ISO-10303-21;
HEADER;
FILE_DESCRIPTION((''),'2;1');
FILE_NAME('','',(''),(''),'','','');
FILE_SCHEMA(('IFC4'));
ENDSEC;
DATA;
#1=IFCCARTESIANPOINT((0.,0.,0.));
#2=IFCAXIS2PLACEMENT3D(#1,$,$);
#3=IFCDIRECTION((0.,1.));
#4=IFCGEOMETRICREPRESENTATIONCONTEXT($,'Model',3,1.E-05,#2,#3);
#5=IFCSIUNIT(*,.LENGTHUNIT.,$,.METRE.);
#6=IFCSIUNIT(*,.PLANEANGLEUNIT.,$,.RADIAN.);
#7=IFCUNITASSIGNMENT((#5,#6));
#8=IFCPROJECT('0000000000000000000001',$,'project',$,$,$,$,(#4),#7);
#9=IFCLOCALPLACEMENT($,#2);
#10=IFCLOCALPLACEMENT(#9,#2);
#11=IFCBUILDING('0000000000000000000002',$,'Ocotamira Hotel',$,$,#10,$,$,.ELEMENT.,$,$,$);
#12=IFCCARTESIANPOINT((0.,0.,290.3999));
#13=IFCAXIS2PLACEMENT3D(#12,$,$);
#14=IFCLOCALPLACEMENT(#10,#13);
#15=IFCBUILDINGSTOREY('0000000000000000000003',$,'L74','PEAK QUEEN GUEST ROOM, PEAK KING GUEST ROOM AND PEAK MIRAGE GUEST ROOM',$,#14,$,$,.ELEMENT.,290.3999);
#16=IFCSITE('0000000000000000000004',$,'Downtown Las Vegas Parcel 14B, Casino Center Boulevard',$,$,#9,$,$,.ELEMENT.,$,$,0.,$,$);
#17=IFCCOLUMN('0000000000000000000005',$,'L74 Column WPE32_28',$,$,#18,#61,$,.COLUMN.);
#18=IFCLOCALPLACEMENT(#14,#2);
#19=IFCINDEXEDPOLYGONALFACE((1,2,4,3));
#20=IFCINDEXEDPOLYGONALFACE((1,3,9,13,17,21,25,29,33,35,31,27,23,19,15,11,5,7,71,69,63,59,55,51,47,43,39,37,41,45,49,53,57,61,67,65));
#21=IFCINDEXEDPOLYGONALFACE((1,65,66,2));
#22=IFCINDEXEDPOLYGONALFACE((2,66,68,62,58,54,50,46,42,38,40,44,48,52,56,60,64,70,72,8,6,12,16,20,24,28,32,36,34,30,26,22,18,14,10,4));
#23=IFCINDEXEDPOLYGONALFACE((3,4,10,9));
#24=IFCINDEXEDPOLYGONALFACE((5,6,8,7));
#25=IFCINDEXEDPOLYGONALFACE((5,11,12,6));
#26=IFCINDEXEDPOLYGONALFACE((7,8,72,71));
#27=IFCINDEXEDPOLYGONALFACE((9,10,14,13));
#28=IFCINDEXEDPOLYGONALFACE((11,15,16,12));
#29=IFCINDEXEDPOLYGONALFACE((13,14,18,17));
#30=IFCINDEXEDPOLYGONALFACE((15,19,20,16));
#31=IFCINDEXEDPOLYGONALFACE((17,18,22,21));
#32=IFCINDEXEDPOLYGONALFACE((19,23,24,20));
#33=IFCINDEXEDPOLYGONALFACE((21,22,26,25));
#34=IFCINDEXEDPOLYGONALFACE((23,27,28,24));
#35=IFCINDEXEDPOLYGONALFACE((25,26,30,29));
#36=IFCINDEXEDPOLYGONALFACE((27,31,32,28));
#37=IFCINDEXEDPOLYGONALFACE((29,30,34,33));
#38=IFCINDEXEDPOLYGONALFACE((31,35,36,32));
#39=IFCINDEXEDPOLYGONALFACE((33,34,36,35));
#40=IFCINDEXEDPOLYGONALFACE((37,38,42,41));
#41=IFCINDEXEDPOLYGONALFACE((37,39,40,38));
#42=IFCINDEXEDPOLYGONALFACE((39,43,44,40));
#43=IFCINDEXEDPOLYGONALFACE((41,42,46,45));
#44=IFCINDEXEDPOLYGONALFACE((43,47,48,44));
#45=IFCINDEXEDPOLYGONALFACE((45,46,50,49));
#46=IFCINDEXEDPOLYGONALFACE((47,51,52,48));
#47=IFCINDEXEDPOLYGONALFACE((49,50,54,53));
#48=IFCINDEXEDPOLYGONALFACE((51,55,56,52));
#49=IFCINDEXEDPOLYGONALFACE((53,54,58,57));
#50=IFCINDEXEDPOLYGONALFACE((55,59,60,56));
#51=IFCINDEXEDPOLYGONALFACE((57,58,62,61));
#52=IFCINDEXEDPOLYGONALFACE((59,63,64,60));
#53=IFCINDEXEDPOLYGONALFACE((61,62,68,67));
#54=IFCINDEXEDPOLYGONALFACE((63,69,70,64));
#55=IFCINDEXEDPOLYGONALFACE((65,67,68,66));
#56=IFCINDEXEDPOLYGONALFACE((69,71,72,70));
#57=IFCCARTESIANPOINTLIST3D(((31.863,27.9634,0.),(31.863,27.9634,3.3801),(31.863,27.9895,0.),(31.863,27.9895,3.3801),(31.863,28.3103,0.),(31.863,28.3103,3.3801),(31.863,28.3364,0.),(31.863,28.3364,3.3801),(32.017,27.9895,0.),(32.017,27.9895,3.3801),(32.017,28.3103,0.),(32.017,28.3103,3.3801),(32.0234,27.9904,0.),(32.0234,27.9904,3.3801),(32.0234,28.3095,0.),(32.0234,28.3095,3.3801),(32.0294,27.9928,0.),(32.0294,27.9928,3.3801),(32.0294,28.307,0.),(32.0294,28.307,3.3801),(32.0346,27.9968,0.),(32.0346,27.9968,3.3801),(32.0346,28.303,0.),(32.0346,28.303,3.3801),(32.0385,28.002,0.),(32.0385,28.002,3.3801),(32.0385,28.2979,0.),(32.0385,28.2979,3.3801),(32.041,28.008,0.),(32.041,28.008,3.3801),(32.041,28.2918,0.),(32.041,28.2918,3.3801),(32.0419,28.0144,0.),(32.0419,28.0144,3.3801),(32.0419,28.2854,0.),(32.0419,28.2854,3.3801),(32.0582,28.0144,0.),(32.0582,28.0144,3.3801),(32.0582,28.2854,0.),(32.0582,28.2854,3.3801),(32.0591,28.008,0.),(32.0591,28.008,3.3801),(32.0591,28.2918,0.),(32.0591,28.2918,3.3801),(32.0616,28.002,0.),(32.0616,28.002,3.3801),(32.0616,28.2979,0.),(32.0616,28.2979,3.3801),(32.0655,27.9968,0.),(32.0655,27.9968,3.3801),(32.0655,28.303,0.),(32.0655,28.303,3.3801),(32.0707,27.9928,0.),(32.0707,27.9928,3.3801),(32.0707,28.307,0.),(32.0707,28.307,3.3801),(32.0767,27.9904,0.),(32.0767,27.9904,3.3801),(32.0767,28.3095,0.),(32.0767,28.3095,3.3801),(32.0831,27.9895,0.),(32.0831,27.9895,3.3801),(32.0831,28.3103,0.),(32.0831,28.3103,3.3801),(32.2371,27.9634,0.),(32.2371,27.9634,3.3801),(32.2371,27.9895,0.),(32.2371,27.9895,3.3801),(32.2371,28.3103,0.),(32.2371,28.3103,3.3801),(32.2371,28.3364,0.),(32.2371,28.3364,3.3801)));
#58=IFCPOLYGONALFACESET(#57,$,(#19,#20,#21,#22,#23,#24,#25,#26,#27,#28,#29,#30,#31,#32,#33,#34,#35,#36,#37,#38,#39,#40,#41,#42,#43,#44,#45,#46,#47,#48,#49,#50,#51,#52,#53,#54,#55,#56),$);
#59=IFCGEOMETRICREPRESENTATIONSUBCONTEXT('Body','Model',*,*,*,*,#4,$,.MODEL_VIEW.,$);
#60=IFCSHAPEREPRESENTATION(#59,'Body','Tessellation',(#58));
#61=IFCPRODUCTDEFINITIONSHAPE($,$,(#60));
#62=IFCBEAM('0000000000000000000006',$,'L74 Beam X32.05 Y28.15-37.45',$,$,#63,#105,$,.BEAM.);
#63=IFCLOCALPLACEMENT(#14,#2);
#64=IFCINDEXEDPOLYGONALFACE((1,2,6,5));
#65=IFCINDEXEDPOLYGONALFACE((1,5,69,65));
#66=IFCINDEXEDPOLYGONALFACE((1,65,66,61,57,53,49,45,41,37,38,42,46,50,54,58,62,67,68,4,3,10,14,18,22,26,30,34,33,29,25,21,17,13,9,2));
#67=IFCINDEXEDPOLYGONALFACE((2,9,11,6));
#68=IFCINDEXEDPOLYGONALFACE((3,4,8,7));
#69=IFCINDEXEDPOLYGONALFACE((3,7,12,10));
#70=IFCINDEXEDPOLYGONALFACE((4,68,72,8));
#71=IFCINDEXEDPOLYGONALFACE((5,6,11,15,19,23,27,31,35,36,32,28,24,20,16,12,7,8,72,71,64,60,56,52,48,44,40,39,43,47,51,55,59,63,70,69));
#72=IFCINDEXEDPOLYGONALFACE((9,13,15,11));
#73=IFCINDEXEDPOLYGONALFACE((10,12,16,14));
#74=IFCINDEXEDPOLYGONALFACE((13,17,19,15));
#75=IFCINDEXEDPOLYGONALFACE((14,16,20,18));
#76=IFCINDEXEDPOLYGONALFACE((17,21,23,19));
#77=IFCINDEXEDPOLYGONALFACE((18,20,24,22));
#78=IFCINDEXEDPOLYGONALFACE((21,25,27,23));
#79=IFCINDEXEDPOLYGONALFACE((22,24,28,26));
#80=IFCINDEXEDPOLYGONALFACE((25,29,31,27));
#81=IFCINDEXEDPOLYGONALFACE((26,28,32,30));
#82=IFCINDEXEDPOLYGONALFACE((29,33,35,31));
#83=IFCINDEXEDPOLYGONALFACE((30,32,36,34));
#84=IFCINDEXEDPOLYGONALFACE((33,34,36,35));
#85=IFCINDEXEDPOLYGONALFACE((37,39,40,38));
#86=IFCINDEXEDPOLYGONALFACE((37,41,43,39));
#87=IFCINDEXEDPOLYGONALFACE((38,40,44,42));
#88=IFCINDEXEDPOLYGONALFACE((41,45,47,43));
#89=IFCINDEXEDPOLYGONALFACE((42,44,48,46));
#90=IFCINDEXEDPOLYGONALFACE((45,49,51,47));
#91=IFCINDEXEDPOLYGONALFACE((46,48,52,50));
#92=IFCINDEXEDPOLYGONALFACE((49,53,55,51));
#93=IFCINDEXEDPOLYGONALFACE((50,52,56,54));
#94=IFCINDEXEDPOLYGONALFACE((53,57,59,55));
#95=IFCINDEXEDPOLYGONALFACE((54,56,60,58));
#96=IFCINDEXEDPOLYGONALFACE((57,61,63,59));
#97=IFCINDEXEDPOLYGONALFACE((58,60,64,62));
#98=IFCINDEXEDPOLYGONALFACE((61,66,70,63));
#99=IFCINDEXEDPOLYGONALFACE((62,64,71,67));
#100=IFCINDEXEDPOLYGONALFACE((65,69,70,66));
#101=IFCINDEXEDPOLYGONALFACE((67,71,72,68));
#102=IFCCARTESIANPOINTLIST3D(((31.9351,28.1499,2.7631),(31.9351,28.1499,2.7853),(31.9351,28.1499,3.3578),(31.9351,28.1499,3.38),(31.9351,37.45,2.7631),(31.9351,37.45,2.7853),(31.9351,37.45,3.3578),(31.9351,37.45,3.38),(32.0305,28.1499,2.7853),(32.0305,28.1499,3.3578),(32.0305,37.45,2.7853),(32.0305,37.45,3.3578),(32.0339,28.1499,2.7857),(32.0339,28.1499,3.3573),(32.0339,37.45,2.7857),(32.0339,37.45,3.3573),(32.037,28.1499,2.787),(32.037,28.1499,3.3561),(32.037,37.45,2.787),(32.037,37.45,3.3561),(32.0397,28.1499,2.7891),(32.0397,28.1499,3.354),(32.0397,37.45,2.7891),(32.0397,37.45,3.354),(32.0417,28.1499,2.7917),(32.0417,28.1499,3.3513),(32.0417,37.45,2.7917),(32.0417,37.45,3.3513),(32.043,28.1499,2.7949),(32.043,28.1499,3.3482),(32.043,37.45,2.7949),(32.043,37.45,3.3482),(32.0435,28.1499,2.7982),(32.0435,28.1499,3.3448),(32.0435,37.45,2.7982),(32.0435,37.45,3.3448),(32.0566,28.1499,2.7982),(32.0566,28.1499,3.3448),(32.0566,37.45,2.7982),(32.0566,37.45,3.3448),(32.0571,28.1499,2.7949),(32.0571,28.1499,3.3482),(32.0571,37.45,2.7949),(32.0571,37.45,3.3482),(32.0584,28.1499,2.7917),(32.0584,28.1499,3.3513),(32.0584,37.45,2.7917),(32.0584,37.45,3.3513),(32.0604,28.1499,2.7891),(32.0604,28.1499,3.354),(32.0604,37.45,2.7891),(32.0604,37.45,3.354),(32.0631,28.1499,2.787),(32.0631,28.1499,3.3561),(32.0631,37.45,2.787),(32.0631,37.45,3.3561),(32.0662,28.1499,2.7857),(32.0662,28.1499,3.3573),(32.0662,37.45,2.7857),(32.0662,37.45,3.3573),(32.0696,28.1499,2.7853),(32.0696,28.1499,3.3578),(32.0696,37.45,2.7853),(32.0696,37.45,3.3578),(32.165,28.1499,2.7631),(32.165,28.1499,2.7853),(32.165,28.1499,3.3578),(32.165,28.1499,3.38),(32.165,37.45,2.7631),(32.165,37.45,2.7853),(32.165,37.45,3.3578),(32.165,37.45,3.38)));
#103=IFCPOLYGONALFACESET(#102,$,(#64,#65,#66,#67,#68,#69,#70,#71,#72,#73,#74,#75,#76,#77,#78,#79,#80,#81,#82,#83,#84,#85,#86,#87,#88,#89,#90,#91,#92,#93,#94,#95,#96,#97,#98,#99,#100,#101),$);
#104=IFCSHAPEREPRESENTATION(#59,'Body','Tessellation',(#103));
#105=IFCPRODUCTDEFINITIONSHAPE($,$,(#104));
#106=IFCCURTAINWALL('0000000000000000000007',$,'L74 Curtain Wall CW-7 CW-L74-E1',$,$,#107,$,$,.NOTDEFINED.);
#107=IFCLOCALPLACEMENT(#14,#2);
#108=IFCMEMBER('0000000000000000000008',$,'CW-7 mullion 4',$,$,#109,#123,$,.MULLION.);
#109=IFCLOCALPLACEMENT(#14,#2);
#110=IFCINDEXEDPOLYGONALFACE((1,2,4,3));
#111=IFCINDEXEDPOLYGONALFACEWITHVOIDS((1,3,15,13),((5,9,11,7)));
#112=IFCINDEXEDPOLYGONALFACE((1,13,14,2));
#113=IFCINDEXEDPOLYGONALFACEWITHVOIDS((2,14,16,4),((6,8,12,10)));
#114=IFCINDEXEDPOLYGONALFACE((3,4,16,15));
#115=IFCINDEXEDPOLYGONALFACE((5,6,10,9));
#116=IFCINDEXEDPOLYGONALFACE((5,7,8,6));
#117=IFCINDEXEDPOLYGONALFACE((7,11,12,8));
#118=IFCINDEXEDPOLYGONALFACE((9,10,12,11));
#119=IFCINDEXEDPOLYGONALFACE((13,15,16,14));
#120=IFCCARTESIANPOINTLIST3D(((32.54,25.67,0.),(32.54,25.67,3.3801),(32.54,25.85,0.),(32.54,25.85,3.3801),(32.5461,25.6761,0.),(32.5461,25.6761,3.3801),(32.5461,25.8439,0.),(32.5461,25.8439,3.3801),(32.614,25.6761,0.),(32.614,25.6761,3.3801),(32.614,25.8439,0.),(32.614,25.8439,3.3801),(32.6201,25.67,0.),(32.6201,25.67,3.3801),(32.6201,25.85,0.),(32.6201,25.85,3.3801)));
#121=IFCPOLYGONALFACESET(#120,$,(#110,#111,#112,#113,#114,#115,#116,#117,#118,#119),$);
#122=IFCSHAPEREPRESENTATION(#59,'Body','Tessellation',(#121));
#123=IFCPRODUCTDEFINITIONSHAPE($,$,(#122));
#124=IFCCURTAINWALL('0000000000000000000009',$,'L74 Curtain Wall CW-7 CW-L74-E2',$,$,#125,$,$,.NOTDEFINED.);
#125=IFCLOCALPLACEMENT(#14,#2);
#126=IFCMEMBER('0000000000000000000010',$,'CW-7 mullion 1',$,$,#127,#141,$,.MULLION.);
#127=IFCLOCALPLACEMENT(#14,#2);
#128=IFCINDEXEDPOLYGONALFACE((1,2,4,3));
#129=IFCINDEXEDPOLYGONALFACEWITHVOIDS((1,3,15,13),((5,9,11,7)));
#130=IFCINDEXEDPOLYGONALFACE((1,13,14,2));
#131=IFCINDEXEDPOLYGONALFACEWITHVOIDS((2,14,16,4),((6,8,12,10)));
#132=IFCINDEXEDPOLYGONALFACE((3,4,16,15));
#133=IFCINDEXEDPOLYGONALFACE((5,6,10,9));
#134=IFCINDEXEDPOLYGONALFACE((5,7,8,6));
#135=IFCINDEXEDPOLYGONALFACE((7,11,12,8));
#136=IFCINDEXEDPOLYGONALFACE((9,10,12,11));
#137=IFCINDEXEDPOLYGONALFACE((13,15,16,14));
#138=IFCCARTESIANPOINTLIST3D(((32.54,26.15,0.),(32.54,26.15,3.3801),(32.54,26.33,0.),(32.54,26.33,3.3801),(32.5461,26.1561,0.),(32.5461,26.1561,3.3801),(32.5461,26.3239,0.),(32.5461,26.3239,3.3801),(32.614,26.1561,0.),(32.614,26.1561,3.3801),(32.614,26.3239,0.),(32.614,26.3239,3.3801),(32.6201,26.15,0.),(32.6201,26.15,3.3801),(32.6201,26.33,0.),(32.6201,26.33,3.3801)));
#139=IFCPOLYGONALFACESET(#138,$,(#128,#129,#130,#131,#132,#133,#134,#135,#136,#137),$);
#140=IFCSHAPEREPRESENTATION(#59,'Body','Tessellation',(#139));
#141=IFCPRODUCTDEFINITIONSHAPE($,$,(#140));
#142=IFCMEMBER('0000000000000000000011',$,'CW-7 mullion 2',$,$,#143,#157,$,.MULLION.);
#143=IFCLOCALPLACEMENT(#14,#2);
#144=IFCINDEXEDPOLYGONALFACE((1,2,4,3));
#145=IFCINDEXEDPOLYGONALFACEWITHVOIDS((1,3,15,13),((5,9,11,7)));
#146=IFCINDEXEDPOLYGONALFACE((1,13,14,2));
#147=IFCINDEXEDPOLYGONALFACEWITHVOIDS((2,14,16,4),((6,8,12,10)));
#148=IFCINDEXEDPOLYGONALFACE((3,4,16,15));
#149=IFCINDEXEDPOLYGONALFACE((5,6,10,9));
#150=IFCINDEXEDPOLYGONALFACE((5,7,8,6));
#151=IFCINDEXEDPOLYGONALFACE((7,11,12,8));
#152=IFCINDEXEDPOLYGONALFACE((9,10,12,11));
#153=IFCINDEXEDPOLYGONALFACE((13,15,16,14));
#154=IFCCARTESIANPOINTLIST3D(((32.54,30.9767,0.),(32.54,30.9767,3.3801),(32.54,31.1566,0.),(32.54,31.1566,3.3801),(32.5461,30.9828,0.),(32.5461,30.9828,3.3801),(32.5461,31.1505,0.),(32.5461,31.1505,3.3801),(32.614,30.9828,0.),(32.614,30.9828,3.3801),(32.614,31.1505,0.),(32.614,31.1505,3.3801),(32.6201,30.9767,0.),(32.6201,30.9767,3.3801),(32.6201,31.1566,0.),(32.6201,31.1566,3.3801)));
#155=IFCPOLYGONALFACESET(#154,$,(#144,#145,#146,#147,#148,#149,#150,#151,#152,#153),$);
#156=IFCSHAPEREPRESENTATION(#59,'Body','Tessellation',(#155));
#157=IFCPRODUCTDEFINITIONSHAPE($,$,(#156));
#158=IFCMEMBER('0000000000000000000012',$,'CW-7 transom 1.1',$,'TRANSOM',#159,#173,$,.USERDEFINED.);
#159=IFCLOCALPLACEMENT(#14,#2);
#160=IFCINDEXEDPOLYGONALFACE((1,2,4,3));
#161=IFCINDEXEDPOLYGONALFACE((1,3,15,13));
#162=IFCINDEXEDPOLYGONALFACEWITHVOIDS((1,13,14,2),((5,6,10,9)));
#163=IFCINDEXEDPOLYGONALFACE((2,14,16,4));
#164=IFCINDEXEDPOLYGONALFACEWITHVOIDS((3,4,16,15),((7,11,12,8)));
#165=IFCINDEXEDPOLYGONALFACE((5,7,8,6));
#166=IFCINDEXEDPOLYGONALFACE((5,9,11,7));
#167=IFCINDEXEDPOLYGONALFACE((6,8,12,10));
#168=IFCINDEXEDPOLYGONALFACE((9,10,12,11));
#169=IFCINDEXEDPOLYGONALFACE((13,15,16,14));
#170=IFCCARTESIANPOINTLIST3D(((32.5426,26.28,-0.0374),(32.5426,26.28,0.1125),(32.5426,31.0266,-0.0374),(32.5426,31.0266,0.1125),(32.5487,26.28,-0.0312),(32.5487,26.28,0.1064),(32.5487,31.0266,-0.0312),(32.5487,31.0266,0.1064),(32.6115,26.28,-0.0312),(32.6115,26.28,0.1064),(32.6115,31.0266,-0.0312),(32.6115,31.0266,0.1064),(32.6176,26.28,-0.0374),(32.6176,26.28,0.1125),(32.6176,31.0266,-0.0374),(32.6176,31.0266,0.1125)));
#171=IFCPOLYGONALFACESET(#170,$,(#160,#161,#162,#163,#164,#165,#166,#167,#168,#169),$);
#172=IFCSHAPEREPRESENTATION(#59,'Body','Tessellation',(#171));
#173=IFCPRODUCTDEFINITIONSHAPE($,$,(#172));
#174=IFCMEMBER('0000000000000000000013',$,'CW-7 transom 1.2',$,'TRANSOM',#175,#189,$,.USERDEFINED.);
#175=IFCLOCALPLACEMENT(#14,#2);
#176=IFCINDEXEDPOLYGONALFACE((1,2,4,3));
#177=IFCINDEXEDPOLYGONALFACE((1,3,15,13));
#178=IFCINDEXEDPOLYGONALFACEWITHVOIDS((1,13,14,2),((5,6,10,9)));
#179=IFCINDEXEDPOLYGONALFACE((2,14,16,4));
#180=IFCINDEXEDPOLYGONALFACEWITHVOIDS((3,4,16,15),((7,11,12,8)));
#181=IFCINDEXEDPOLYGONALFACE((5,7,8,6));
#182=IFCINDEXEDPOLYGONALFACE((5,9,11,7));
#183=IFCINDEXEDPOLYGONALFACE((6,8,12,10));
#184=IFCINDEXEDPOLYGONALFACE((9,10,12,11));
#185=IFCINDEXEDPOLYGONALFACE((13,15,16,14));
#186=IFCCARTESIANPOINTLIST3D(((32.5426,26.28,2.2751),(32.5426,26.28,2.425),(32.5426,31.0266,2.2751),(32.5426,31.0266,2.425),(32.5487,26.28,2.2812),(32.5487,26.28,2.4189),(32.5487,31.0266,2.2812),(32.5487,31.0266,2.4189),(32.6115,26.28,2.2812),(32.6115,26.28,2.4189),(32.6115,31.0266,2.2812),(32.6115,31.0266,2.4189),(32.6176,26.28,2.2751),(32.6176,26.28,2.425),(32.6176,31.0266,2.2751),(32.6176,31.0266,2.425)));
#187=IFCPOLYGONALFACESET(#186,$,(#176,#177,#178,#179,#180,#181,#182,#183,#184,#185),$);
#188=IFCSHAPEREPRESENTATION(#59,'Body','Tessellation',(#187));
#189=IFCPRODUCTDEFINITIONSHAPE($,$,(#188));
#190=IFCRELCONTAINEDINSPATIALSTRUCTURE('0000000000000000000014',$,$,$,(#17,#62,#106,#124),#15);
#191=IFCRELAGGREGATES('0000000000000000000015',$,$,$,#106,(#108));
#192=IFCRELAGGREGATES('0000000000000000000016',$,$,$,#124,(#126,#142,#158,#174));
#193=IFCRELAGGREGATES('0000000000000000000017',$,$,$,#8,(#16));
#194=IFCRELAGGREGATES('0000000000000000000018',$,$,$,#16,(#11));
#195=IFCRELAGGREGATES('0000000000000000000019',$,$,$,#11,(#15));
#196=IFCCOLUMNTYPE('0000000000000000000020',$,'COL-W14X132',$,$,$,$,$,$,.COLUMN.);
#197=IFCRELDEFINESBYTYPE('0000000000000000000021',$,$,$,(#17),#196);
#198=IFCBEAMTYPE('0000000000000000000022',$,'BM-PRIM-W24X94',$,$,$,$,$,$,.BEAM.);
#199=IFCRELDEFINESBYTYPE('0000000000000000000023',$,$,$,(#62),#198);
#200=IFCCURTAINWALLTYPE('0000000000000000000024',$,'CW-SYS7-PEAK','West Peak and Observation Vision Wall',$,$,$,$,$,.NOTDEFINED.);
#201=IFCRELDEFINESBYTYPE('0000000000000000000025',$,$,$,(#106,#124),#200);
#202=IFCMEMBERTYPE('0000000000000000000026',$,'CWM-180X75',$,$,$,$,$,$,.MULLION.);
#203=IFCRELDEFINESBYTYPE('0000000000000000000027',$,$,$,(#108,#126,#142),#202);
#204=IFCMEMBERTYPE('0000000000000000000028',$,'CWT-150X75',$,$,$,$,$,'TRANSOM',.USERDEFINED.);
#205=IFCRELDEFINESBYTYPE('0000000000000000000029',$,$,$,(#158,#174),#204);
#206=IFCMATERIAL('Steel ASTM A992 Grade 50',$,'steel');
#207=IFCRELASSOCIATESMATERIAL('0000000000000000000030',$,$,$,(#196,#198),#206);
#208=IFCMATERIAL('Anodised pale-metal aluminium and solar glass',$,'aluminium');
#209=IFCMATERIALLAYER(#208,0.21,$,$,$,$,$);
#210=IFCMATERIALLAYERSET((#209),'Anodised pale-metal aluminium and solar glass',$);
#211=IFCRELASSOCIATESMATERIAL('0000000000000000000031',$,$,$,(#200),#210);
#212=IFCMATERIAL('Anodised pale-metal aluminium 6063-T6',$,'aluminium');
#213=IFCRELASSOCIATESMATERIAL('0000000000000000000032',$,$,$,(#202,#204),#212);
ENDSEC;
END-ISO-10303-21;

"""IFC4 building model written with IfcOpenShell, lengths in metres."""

from ifc_helpers import new_model, si_unit, direction, frame, origin, origin_2d, place, context, subcontext, project, spatial, hollow_rectangle, i_section, extrude, source, transform, mapped, material, layer, layer_set, material_profile, profile_set, type_object, element, aggregate, save


model = new_model("IFC4")

# Units and contexts
model_context = context("Model", 3, precision=1e-05, world=origin(), true_north=direction((0.0, 1.0)))
body_context = subcontext(model_context, "Body", "Model", "MODEL_VIEW")
ifc_project = project(units=[si_unit("LENGTHUNIT", "METRE"), si_unit("PLANEANGLEUNIT", "RADIAN")], contexts=[model_context])

# Site, building, storey
site_placement = place(None, origin())
site = spatial("IfcSite", under=ifc_project, at=site_placement, Name="Downtown Las Vegas Parcel 14B, Casino Center Boulevard", CompositionType="ELEMENT", RefElevation=0.0)
building_placement = place(site_placement, origin())
building = spatial("IfcBuilding", under=site, at=building_placement, Name="Ocotamira Hotel", CompositionType="ELEMENT")
storey_placement = place(building_placement, frame((0.0, 0.0, 290.3999)))
storey = spatial("IfcBuildingStorey", under=building, at=storey_placement, Name="L74", Description="PEAK QUEEN GUEST ROOM, PEAK KING GUEST ROOM AND PEAK MIRAGE GUEST ROOM", CompositionType="ELEMENT", Elevation=290.3999)

# Column
ifc_material_1 = material(Name="Steel ASTM A992 Grade 50", Category="steel")
ifc_material_profile_1 = material_profile(ifc_material_1, i_section(OverallWidth=0.374, OverallDepth=0.373, WebThickness=0.0164, FlangeThickness=0.0261, FilletRadius=0.0249, at=origin_2d()), Name="W14X132")
ifc_profile_set_1 = profile_set([ifc_material_profile_1], Name="Steel ASTM A992 Grade 50")
column_type = type_object("IfcColumnType", Name="COL-W14X132", PredefinedType="COLUMN", material=ifc_profile_set_1)
shared_shape_1 = source(origin(), body_context, "Body", "SweptSolid", [
    extrude(i_section(OverallWidth=0.374, OverallDepth=0.373, WebThickness=0.0164, FlangeThickness=0.0261, FilletRadius=0.0249, at=origin_2d()), origin(), (0.0, 0.0, 1.0), 3.3801),
])
column_placement = place(storey_placement, frame((32.05, 28.1499, 0.0), z_axis=(0.0, 0.0, 1.0), x_axis=(1.0, 0.0, 0.0)))
element("IfcColumn", 1, at=column_placement, inside=storey, type_object=column_type, Name="L74 Column WPE32_28", PredefinedType="COLUMN", context=body_context, shape_type="MappedRepresentation", body=[
    mapped(shared_shape_1, transform((0.0, 0.0, 0.0), scale=1.0)),
])

# Beam
ifc_material_profile_2 = material_profile(ifc_material_1, i_section(OverallWidth=0.23, OverallDepth=0.6169, WebThickness=0.0132, FlangeThickness=0.0222, FilletRadius=0.0129, at=origin_2d()), Name="W24X94")
ifc_profile_set_2 = profile_set([ifc_material_profile_2], Name="Steel ASTM A992 Grade 50")
beam_type = type_object("IfcBeamType", Name="BM-PRIM-W24X94", PredefinedType="BEAM", material=ifc_profile_set_2)
shared_shape_2 = source(origin(), body_context, "Body", "SweptSolid", [
    extrude(i_section(OverallWidth=0.23, OverallDepth=0.6169, WebThickness=0.0132, FlangeThickness=0.0222, FilletRadius=0.0129, at=origin_2d()), origin(), (0.0, 0.0, 1.0), 9.3),
])
beam_placement = place(storey_placement, frame((32.05, 28.1499, 3.0715), z_axis=(0.0, 1.0, 0.0), x_axis=(-1.0, 0.0, 0.0)))
element("IfcBeam", 2, at=beam_placement, inside=storey, type_object=beam_type, Name="L74 Beam X32.05 Y28.15-37.45", PredefinedType="BEAM", context=body_context, shape_type="MappedRepresentation", body=[
    mapped(shared_shape_2, transform((0.0, 0.0, 0.0), scale=1.0)),
])

# Curtain wall, member
ifc_material_2 = material(Name="Anodised pale-metal aluminium and solar glass", Category="aluminium")
ifc_layer_1 = layer(ifc_material_2, 0.21)
ifc_layer_set_1 = layer_set([ifc_layer_1], Name="Anodised pale-metal aluminium and solar glass")
curtain_wall_type = type_object("IfcCurtainWallType", Name="CW-SYS7-PEAK", Description="West Peak and Observation Vision Wall", PredefinedType="NOTDEFINED", material=ifc_layer_set_1)
curtain_wall_1_placement = place(storey_placement, origin())
curtain_wall_1 = element("IfcCurtainWall", 3, at=curtain_wall_1_placement, inside=storey, type_object=curtain_wall_type, Name="L74 Curtain Wall CW-7 CW-L74-E1", PredefinedType="NOTDEFINED")
ifc_material_3 = material(Name="Anodised pale-metal aluminium 6063-T6", Category="aluminium")
ifc_material_profile_3 = material_profile(ifc_material_3, hollow_rectangle(XDim=0.0801, YDim=0.1799, WallThickness=0.0061, at=origin_2d()), Name="HSS180X80X6")
ifc_profile_set_3 = profile_set([ifc_material_profile_3], Name="Anodised pale-metal aluminium 6063-T6")
member_type_1 = type_object("IfcMemberType", Name="CWM-180X75", PredefinedType="MULLION", material=ifc_profile_set_3)
shared_shape_3 = source(origin(), body_context, "Body", "SweptSolid", [
    extrude(hollow_rectangle(XDim=0.0801, YDim=0.1799, WallThickness=0.0061, at=origin_2d()), origin(), (0.0, 0.0, 1.0), 3.3801),
])
member_1_placement = place(storey_placement, frame((32.5801, 25.76, 0.0), z_axis=(0.0, 0.0, 1.0), x_axis=(-1.0, 0.0, 0.0)))
member_1 = element("IfcMember", 4, at=member_1_placement, type_object=member_type_1, Name="CW-7 mullion 4", PredefinedType="MULLION", context=body_context, shape_type="MappedRepresentation", body=[
    mapped(shared_shape_3, transform((0.0, 0.0, 0.0), scale=1.0)),
])
aggregate(curtain_wall_1, [member_1])

# Curtain wall, members
curtain_wall_2_placement = place(storey_placement, origin())
curtain_wall_2 = element("IfcCurtainWall", 5, at=curtain_wall_2_placement, inside=storey, type_object=curtain_wall_type, Name="L74 Curtain Wall CW-7 CW-L74-E2", PredefinedType="NOTDEFINED")
member_2_placement = place(storey_placement, frame((32.5801, 26.24, 0.0), z_axis=(0.0, 0.0, 1.0), x_axis=(-1.0, 0.0, 0.0)))
member_2 = element("IfcMember", 6, at=member_2_placement, type_object=member_type_1, Name="CW-7 mullion 1", PredefinedType="MULLION", context=body_context, shape_type="MappedRepresentation", body=[
    mapped(shared_shape_3, transform((0.0, 0.0, 0.0), scale=1.0)),
])
member_3_placement = place(storey_placement, frame((32.5801, 31.0667, 0.0), z_axis=(0.0, 0.0, 1.0), x_axis=(-1.0, 0.0, 0.0)))
member_3 = element("IfcMember", 7, at=member_3_placement, type_object=member_type_1, Name="CW-7 mullion 2", PredefinedType="MULLION", context=body_context, shape_type="MappedRepresentation", body=[
    mapped(shared_shape_3, transform((0.0, 0.0, 0.0), scale=1.0)),
])
ifc_material_profile_4 = material_profile(ifc_material_3, hollow_rectangle(XDim=0.075, YDim=0.1499, WallThickness=0.0061, at=origin_2d()), Name="HSS150X75X6")
ifc_profile_set_4 = profile_set([ifc_material_profile_4], Name="Anodised pale-metal aluminium 6063-T6")
member_type_2 = type_object("IfcMemberType", Name="CWT-150X75", ElementType="TRANSOM", PredefinedType="USERDEFINED", material=ifc_profile_set_4)
shared_shape_4 = source(origin(), body_context, "Body", "SweptSolid", [
    extrude(hollow_rectangle(XDim=0.075, YDim=0.1499, WallThickness=0.0061, at=origin_2d()), origin(), (0.0, 0.0, 1.0), 4.7466),
])
member_4_placement = place(storey_placement, frame((32.5801, 26.28, 0.0376), z_axis=(0.0, 1.0, 0.0), x_axis=(-1.0, 0.0, 0.0)))
member_4 = element("IfcMember", 8, at=member_4_placement, type_object=member_type_2, Name="CW-7 transom 1.1", ObjectType="TRANSOM", PredefinedType="USERDEFINED", context=body_context, shape_type="MappedRepresentation", body=[
    mapped(shared_shape_4, transform((0.0, 0.0, 0.0), scale=1.0)),
])
member_5_placement = place(storey_placement, frame((32.5801, 26.28, 2.3501), z_axis=(0.0, 1.0, 0.0), x_axis=(-1.0, 0.0, 0.0)))
member_5 = element("IfcMember", 9, at=member_5_placement, type_object=member_type_2, Name="CW-7 transom 1.2", ObjectType="TRANSOM", PredefinedType="USERDEFINED", context=body_context, shape_type="MappedRepresentation", body=[
    mapped(shared_shape_4, transform((0.0, 0.0, 0.0), scale=1.0)),
])
aggregate(curtain_wall_2, [member_2, member_3, member_4, member_5])

save(model, "model.ifc")
